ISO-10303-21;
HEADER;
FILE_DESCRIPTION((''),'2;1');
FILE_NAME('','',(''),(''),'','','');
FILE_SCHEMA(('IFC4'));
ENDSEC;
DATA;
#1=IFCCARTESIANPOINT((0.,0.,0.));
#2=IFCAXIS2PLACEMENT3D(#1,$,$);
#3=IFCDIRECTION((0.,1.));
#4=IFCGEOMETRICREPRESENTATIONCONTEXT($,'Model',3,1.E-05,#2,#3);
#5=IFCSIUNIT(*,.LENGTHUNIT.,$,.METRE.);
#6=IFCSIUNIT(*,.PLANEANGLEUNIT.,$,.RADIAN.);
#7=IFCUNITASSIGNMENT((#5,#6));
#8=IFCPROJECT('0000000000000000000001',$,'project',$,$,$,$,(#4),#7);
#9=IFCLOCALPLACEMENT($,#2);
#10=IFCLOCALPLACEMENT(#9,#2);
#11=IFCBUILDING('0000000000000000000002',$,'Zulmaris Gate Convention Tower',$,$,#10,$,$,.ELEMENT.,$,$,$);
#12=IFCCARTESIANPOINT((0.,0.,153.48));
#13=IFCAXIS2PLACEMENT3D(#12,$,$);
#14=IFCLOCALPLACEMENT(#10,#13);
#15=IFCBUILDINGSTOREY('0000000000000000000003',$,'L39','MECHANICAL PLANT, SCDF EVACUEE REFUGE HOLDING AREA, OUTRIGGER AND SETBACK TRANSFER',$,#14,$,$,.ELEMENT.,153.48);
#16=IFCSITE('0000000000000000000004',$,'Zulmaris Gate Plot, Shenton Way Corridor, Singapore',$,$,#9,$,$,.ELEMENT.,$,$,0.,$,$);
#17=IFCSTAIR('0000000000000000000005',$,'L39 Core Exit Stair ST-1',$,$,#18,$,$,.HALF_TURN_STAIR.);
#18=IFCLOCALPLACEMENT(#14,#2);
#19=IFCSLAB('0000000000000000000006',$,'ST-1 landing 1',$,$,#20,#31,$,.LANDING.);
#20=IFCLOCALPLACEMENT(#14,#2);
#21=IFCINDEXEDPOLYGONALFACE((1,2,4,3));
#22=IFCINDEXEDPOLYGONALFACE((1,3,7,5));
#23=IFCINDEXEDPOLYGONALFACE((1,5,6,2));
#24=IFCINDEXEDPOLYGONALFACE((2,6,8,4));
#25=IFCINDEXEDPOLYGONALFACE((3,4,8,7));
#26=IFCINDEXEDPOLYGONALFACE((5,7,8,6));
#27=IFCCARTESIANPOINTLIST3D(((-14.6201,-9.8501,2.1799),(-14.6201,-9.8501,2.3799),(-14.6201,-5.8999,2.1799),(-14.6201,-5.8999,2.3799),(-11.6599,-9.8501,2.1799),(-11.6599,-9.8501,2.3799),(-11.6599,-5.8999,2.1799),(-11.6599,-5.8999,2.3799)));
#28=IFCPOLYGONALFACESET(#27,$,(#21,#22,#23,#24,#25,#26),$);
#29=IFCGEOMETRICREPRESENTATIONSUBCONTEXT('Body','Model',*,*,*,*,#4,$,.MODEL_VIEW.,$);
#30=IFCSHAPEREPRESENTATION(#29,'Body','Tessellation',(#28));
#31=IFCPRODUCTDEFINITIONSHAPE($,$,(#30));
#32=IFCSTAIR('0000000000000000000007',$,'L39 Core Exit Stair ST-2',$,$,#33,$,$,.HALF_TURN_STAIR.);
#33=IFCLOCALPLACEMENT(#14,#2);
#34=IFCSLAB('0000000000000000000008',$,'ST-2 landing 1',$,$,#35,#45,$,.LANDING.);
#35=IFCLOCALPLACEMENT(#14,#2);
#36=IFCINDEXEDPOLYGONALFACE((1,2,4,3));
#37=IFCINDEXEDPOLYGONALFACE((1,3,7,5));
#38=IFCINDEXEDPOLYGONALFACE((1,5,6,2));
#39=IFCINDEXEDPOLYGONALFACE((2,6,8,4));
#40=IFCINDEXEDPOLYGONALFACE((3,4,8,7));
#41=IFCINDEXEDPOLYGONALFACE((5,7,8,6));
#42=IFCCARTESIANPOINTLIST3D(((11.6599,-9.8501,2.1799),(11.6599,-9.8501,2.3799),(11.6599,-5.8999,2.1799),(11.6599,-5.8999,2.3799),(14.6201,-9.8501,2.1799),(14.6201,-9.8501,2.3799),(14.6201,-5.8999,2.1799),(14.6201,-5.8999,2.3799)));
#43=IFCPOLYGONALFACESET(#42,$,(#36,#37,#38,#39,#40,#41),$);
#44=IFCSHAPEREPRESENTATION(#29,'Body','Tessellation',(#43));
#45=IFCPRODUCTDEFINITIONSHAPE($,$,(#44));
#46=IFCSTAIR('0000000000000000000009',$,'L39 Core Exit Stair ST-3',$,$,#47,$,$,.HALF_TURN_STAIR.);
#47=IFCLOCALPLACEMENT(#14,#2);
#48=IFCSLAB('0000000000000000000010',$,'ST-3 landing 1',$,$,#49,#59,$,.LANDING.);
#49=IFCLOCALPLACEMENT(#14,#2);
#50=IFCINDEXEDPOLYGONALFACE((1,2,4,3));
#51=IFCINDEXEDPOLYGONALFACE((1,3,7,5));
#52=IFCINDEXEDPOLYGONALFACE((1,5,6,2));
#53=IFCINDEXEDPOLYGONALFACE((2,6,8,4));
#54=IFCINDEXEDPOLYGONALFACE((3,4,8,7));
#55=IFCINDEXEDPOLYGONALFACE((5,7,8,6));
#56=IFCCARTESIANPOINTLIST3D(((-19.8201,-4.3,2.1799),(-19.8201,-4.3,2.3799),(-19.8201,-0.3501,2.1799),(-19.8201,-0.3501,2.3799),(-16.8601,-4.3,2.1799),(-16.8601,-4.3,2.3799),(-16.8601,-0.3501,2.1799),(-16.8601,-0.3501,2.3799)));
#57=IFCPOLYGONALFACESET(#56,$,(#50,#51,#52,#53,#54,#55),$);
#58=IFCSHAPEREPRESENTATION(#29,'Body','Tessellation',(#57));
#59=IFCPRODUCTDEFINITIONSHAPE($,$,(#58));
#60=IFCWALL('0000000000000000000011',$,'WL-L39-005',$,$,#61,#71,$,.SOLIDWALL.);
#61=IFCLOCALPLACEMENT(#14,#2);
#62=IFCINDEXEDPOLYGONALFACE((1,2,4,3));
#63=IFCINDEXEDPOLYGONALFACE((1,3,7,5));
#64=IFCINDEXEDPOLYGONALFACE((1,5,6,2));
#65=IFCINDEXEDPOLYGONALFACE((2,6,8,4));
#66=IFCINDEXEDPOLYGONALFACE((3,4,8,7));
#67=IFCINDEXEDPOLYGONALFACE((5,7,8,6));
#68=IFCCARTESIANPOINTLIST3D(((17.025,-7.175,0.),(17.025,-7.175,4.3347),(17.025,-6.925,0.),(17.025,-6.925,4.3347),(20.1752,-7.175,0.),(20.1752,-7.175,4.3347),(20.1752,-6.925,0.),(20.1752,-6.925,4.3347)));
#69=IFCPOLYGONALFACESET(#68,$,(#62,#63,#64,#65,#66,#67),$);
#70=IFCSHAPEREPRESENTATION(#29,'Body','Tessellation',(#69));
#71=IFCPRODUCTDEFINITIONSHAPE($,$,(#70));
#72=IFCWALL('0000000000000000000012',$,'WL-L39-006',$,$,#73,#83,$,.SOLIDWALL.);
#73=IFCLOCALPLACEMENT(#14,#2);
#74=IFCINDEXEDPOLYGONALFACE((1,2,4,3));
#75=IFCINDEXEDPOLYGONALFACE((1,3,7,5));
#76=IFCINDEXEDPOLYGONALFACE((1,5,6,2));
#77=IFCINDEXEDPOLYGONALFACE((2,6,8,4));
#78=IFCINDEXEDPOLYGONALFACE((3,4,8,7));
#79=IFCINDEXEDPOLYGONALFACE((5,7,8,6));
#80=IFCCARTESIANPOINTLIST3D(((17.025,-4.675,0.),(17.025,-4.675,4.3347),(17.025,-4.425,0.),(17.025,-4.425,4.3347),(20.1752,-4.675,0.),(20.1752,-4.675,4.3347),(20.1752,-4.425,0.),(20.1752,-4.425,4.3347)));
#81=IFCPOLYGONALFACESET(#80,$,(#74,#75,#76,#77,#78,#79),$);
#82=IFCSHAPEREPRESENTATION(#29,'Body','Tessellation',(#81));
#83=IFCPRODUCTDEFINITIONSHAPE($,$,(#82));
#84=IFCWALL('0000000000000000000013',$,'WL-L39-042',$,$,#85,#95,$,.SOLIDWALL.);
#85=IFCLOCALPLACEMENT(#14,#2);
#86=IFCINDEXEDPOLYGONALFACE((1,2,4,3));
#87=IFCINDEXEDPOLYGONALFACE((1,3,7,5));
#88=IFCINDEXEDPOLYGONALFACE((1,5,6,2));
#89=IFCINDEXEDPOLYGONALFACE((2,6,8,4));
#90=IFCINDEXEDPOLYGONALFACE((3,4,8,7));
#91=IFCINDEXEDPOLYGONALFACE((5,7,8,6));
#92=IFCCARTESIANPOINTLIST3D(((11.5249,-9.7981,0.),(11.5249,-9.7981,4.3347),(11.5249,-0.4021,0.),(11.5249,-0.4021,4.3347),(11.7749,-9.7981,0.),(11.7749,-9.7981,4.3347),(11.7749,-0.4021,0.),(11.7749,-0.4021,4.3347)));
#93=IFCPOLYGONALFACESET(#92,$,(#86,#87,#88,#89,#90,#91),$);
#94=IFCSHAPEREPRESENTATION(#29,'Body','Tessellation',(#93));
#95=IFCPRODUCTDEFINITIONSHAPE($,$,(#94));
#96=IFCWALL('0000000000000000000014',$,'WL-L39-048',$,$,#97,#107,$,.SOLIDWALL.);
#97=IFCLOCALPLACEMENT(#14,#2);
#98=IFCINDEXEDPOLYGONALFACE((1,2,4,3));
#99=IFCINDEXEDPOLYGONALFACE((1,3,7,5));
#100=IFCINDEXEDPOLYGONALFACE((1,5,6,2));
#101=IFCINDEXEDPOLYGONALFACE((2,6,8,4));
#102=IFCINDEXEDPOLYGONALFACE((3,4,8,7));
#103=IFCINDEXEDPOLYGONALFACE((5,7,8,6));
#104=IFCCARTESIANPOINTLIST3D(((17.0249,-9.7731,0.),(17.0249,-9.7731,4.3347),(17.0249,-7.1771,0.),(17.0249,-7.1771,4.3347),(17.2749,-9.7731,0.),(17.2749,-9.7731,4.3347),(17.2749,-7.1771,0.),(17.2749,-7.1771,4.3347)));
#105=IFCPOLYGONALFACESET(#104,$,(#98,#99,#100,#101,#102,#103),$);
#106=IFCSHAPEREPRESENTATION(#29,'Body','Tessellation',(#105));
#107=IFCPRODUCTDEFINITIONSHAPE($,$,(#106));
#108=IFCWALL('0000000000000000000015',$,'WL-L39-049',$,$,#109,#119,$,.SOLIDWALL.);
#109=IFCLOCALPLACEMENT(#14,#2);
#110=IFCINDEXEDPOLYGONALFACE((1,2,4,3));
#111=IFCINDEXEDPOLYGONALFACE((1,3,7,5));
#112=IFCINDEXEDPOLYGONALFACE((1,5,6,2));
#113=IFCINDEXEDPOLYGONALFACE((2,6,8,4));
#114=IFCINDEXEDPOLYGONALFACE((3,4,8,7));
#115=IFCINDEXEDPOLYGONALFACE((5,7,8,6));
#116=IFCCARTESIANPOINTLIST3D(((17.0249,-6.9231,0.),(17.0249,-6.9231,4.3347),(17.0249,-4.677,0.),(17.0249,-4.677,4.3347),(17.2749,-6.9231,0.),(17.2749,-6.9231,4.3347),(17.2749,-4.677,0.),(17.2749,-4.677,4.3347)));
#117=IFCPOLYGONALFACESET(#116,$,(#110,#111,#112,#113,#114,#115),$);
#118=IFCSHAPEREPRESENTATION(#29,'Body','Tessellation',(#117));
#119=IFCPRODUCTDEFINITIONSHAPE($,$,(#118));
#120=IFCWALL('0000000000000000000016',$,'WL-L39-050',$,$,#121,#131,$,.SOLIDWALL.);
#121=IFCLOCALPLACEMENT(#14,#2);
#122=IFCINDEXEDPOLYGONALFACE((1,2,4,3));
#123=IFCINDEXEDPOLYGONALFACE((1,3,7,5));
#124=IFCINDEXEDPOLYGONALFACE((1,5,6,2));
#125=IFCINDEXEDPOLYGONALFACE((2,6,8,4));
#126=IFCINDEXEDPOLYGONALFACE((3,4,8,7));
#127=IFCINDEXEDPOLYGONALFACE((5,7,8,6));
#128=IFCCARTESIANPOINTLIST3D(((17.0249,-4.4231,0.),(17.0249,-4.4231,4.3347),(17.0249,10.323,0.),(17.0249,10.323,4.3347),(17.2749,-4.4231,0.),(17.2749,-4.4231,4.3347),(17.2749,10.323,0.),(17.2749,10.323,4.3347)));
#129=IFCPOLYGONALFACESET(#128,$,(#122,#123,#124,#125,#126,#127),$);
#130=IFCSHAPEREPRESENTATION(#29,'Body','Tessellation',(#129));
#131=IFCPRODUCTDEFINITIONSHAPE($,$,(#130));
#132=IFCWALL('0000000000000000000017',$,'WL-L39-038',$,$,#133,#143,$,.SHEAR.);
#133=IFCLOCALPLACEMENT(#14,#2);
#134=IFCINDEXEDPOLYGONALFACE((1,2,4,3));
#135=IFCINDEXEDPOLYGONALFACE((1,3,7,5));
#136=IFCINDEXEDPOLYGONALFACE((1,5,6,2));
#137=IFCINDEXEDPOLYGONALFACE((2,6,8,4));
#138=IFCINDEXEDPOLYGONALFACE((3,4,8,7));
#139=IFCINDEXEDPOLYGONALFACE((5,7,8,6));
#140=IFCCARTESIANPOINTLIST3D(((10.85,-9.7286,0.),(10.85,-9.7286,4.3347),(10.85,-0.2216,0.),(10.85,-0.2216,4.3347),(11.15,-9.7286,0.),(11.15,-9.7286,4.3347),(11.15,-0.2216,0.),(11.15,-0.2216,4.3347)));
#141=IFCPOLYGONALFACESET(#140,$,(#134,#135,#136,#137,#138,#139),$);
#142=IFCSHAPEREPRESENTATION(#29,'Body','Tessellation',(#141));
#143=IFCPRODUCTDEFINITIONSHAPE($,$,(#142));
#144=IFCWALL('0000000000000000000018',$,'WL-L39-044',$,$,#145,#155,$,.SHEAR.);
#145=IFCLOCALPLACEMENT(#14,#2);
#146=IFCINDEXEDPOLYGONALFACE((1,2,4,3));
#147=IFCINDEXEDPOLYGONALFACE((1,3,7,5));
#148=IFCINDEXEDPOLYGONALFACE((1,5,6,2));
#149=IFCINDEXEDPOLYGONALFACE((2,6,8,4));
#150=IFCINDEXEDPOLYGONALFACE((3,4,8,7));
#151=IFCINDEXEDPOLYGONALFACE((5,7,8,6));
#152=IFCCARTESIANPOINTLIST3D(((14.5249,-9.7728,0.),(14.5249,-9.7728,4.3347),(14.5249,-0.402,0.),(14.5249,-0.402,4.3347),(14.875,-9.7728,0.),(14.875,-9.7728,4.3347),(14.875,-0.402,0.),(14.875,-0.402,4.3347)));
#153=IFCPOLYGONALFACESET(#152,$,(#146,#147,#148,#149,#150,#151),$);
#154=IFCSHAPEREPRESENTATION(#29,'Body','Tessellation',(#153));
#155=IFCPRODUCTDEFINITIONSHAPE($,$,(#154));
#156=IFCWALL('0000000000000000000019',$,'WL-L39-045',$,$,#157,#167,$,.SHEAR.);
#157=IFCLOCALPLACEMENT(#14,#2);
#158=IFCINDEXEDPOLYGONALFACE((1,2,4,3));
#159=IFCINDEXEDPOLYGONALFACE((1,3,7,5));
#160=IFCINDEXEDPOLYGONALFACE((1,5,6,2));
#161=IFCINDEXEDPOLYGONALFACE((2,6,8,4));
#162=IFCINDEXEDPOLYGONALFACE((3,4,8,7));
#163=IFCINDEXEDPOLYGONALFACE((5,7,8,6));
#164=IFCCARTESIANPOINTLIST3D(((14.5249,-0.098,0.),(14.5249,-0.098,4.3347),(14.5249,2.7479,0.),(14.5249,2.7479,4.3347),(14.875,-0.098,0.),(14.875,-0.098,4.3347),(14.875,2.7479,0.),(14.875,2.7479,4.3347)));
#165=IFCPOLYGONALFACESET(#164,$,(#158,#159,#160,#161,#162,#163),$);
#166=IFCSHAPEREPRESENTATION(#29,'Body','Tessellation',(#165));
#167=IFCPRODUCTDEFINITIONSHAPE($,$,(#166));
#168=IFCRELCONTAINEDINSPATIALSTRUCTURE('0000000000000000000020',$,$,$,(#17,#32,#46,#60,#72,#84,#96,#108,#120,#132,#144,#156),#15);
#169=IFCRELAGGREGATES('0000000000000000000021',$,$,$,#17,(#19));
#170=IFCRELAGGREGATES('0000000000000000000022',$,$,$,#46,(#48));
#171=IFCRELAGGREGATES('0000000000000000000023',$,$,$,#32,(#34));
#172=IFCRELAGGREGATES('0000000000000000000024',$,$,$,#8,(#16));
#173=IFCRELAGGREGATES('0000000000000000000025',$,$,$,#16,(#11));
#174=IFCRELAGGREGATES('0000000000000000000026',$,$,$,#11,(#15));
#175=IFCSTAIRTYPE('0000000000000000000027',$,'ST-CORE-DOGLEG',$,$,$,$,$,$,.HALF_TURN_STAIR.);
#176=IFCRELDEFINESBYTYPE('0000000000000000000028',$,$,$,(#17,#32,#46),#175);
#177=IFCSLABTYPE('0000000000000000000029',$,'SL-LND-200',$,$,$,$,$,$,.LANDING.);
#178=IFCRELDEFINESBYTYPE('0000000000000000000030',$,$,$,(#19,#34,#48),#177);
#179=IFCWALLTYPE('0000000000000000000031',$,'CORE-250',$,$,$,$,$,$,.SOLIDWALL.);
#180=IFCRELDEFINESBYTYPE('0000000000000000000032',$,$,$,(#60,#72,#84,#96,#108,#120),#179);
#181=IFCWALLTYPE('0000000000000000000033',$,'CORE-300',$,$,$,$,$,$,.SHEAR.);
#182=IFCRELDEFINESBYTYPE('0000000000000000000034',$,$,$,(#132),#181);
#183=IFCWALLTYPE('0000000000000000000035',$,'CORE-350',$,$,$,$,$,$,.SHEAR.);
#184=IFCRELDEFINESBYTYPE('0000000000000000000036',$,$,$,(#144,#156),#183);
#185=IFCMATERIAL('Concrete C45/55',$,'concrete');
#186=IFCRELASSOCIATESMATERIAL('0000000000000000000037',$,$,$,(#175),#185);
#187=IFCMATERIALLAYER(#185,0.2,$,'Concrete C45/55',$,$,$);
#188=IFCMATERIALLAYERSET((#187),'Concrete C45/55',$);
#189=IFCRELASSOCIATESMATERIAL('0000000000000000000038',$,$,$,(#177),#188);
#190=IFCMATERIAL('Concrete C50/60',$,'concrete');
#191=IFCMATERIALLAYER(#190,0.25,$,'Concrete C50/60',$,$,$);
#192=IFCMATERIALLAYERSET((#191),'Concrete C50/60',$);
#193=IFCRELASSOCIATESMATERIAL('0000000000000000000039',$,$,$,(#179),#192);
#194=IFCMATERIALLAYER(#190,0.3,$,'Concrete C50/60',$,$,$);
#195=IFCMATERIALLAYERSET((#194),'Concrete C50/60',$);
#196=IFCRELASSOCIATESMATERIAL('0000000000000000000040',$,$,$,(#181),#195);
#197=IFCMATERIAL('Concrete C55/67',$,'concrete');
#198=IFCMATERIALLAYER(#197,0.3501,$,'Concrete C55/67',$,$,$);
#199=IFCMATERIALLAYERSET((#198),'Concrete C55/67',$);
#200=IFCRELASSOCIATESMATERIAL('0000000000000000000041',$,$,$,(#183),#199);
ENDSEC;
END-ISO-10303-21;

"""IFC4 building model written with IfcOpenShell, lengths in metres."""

from ifc_helpers import new_model, si_unit, direction, frame, frame_2d, origin, place, context, subcontext, project, spatial, polyline, rectangle, outline, extrude, material, layer, layer_set, type_object, element, aggregate, save


model = new_model("IFC4")

# Units and contexts
model_context = context("Model", 3, precision=1e-05, world=origin(), true_north=direction((0.0, 1.0)))
body_context = subcontext(model_context, "Body", "Model", "MODEL_VIEW")
ifc_project = project(units=[si_unit("LENGTHUNIT", "METRE"), si_unit("PLANEANGLEUNIT", "RADIAN")], contexts=[model_context])

# Site, building, storey
site_placement = place(None, origin())
site = spatial("IfcSite", under=ifc_project, at=site_placement, Name="Zulmaris Gate Plot, Shenton Way Corridor, Singapore", CompositionType="ELEMENT", RefElevation=0.0)
building_placement = place(site_placement, origin())
building = spatial("IfcBuilding", under=site, at=building_placement, Name="Zulmaris Gate Convention Tower", CompositionType="ELEMENT")
storey_placement = place(building_placement, frame((0.0, 0.0, 153.48)))
storey = spatial("IfcBuildingStorey", under=building, at=storey_placement, Name="L39", Description="MECHANICAL PLANT, SCDF EVACUEE REFUGE HOLDING AREA, OUTRIGGER AND SETBACK TRANSFER", CompositionType="ELEMENT", Elevation=153.48)

# Stairs, slabs
ifc_material_1 = material(Name="Concrete C45/55", Category="concrete")
stair_type = type_object("IfcStairType", Name="ST-CORE-DOGLEG", PredefinedType="HALF_TURN_STAIR", material=ifc_material_1)
stair_1_placement = place(storey_placement, origin())
stair_1 = element("IfcStair", 1, at=stair_1_placement, inside=storey, type_object=stair_type, Name="L39 Core Exit Stair ST-1", PredefinedType="HALF_TURN_STAIR")
ifc_layer_1 = layer(ifc_material_1, 0.2, Name="Concrete C45/55")
ifc_layer_set_1 = layer_set([ifc_layer_1], Name="Concrete C45/55")
slab_type = type_object("IfcSlabType", Name="SL-LND-200", PredefinedType="LANDING", material=ifc_layer_set_1)
slab_1_placement = place(storey_placement, frame((0.0, 0.0, 2.1799)))
slab_1 = element("IfcSlab", 2, at=slab_1_placement, type_object=slab_type, Name="ST-1 landing 1", PredefinedType="LANDING", context=body_context, shape_type="SweptSolid", body=[
    extrude(outline(polyline([(-14.6201, -5.8999), (-14.6201, -9.8501), (-11.6599, -9.8501), (-11.6599, -5.8999), (-14.6201, -5.8999)])), origin(), (0.0, 0.0, 1.0), 0.2),
])
aggregate(stair_1, [slab_1])
stair_2_placement = place(storey_placement, origin())
stair_2 = element("IfcStair", 3, at=stair_2_placement, inside=storey, type_object=stair_type, Name="L39 Core Exit Stair ST-2", PredefinedType="HALF_TURN_STAIR")
slab_2_placement = place(storey_placement, frame((0.0, 0.0, 2.1799)))
slab_2 = element("IfcSlab", 4, at=slab_2_placement, type_object=slab_type, Name="ST-2 landing 1", PredefinedType="LANDING", context=body_context, shape_type="SweptSolid", body=[
    extrude(outline(polyline([(11.6599, -5.8999), (11.6599, -9.8501), (14.6201, -9.8501), (14.6201, -5.8999), (11.6599, -5.8999)])), origin(), (0.0, 0.0, 1.0), 0.2),
])
stair_3_placement = place(storey_placement, origin())
stair_3 = element("IfcStair", 5, at=stair_3_placement, inside=storey, type_object=stair_type, Name="L39 Core Exit Stair ST-3", PredefinedType="HALF_TURN_STAIR")
slab_3_placement = place(storey_placement, frame((0.0, 0.0, 2.1799)))
slab_3 = element("IfcSlab", 6, at=slab_3_placement, type_object=slab_type, Name="ST-3 landing 1", PredefinedType="LANDING", context=body_context, shape_type="SweptSolid", body=[
    extrude(outline(polyline([(-16.8601, -4.3), (-16.8601, -0.3501), (-19.8201, -0.3501), (-19.8201, -4.3), (-16.8601, -4.3)])), origin(), (0.0, 0.0, 1.0), 0.2),
])
aggregate(stair_3, [slab_3])

# Walls
ifc_material_2 = material(Name="Concrete C50/60", Category="concrete")
ifc_layer_2 = layer(ifc_material_2, 0.25, Name="Concrete C50/60")
ifc_layer_set_2 = layer_set([ifc_layer_2], Name="Concrete C50/60")
wall_type_1 = type_object("IfcWallType", Name="CORE-250", PredefinedType="SOLIDWALL", material=ifc_layer_set_2)
for number, where, z_axis, x_axis, name in (
    (7, (17.0249, -7.05, 0.0), (0.0, 0.0, 1.0), (1.0, 0.0, 0.0), "WL-L39-005"),
    (8, (17.0249, -4.55, 0.0), (0.0, 0.0, 1.0), (1.0, 0.0, 0.0), "WL-L39-006"),
):
    element("IfcWall", number, at=place(storey_placement, frame(where, z_axis=z_axis, x_axis=x_axis)), inside=storey, type_object=wall_type_1, Name=name, PredefinedType="SOLIDWALL", context=body_context, shape_type="SweptSolid", body=[
        extrude(rectangle(XDim=3.1501, YDim=0.25, at=frame_2d((1.5752, 0.0))), origin(), (0.0, 0.0, 1.0), 4.3347),
    ])
wall_1_placement = place(storey_placement, frame((11.6499, -9.7981, 0.0), z_axis=(0.0, 0.0, 1.0), x_axis=(0.0, 1.0, 0.0)))
element("IfcWall", 9, at=wall_1_placement, inside=storey, type_object=wall_type_1, Name="WL-L39-042", PredefinedType="SOLIDWALL", context=body_context, shape_type="SweptSolid", body=[
    extrude(rectangle(XDim=9.396, YDim=0.25, at=frame_2d((4.698, 0.0))), origin(), (0.0, 0.0, 1.0), 4.3347),
])
wall_2_placement = place(storey_placement, frame((17.1499, -9.7729, 0.0), z_axis=(0.0, 0.0, 1.0), x_axis=(0.0, 1.0, 0.0)))
element("IfcWall", 10, at=wall_2_placement, inside=storey, type_object=wall_type_1, Name="WL-L39-048", PredefinedType="SOLIDWALL", context=body_context, shape_type="SweptSolid", body=[
    extrude(rectangle(XDim=2.5959, YDim=0.25, at=frame_2d((1.2979, 0.0))), origin(), (0.0, 0.0, 1.0), 4.3347),
])
wall_3_placement = place(storey_placement, frame((17.1499, -6.9231, 0.0), z_axis=(0.0, 0.0, 1.0), x_axis=(0.0, 1.0, 0.0)))
element("IfcWall", 11, at=wall_3_placement, inside=storey, type_object=wall_type_1, Name="WL-L39-049", PredefinedType="SOLIDWALL", context=body_context, shape_type="SweptSolid", body=[
    extrude(rectangle(XDim=2.2461, YDim=0.25, at=frame_2d((1.123, 0.0))), origin(), (0.0, 0.0, 1.0), 4.3347),
])
wall_4_placement = place(storey_placement, frame((17.1499, -4.4231, 0.0), z_axis=(0.0, 0.0, 1.0), x_axis=(0.0, 1.0, 0.0)))
element("IfcWall", 12, at=wall_4_placement, inside=storey, type_object=wall_type_1, Name="WL-L39-050", PredefinedType="SOLIDWALL", context=body_context, shape_type="SweptSolid", body=[
    extrude(rectangle(XDim=14.7461, YDim=0.25, at=frame_2d((7.373, 0.0))), origin(), (0.0, 0.0, 1.0), 4.3347),
])

# Shared definitions
ifc_layer_3 = layer(ifc_material_2, 0.3, Name="Concrete C50/60")
ifc_layer_set_3 = layer_set([ifc_layer_3], Name="Concrete C50/60")
wall_type_2 = type_object("IfcWallType", Name="CORE-300", PredefinedType="SHEAR", material=ifc_layer_set_3)

# Walls
wall_5_placement = place(storey_placement, frame((11.0, -9.7285, 0.0), z_axis=(0.0, 0.0, 1.0), x_axis=(0.0, 1.0, 0.0)))
element("IfcWall", 13, at=wall_5_placement, inside=storey, type_object=wall_type_2, Name="WL-L39-038", PredefinedType="SHEAR", context=body_context, shape_type="SweptSolid", body=[
    extrude(rectangle(XDim=9.5071, YDim=0.3, at=frame_2d((4.7534, 0.0))), origin(), (0.0, 0.0, 1.0), 4.3347),
])
ifc_material_3 = material(Name="Concrete C55/67", Category="concrete")
ifc_layer_4 = layer(ifc_material_3, 0.3501, Name="Concrete C55/67")
ifc_layer_set_4 = layer_set([ifc_layer_4], Name="Concrete C55/67")
wall_type_3 = type_object("IfcWallType", Name="CORE-350", PredefinedType="SHEAR", material=ifc_layer_set_4)
wall_6_placement = place(storey_placement, frame((14.7, -9.7729, 0.0), z_axis=(0.0, 0.0, 1.0), x_axis=(0.0, 1.0, 0.0)))
element("IfcWall", 14, at=wall_6_placement, inside=storey, type_object=wall_type_3, Name="WL-L39-044", PredefinedType="SHEAR", context=body_context, shape_type="SweptSolid", body=[
    extrude(rectangle(XDim=9.3708, YDim=0.3501, at=frame_2d((4.6855, 0.0))), origin(), (0.0, 0.0, 1.0), 4.3347),
])
wall_7_placement = place(storey_placement, frame((14.7, -0.0979, 0.0), z_axis=(0.0, 0.0, 1.0), x_axis=(0.0, 1.0, 0.0)))
element("IfcWall", 15, at=wall_7_placement, inside=storey, type_object=wall_type_3, Name="WL-L39-045", PredefinedType="SHEAR", context=body_context, shape_type="SweptSolid", body=[
    extrude(rectangle(XDim=2.8459, YDim=0.3501, at=frame_2d((1.4229, 0.0))), origin(), (0.0, 0.0, 1.0), 4.3347),
])

aggregate(stair_2, [slab_2])

save(model, "model.ifc")
